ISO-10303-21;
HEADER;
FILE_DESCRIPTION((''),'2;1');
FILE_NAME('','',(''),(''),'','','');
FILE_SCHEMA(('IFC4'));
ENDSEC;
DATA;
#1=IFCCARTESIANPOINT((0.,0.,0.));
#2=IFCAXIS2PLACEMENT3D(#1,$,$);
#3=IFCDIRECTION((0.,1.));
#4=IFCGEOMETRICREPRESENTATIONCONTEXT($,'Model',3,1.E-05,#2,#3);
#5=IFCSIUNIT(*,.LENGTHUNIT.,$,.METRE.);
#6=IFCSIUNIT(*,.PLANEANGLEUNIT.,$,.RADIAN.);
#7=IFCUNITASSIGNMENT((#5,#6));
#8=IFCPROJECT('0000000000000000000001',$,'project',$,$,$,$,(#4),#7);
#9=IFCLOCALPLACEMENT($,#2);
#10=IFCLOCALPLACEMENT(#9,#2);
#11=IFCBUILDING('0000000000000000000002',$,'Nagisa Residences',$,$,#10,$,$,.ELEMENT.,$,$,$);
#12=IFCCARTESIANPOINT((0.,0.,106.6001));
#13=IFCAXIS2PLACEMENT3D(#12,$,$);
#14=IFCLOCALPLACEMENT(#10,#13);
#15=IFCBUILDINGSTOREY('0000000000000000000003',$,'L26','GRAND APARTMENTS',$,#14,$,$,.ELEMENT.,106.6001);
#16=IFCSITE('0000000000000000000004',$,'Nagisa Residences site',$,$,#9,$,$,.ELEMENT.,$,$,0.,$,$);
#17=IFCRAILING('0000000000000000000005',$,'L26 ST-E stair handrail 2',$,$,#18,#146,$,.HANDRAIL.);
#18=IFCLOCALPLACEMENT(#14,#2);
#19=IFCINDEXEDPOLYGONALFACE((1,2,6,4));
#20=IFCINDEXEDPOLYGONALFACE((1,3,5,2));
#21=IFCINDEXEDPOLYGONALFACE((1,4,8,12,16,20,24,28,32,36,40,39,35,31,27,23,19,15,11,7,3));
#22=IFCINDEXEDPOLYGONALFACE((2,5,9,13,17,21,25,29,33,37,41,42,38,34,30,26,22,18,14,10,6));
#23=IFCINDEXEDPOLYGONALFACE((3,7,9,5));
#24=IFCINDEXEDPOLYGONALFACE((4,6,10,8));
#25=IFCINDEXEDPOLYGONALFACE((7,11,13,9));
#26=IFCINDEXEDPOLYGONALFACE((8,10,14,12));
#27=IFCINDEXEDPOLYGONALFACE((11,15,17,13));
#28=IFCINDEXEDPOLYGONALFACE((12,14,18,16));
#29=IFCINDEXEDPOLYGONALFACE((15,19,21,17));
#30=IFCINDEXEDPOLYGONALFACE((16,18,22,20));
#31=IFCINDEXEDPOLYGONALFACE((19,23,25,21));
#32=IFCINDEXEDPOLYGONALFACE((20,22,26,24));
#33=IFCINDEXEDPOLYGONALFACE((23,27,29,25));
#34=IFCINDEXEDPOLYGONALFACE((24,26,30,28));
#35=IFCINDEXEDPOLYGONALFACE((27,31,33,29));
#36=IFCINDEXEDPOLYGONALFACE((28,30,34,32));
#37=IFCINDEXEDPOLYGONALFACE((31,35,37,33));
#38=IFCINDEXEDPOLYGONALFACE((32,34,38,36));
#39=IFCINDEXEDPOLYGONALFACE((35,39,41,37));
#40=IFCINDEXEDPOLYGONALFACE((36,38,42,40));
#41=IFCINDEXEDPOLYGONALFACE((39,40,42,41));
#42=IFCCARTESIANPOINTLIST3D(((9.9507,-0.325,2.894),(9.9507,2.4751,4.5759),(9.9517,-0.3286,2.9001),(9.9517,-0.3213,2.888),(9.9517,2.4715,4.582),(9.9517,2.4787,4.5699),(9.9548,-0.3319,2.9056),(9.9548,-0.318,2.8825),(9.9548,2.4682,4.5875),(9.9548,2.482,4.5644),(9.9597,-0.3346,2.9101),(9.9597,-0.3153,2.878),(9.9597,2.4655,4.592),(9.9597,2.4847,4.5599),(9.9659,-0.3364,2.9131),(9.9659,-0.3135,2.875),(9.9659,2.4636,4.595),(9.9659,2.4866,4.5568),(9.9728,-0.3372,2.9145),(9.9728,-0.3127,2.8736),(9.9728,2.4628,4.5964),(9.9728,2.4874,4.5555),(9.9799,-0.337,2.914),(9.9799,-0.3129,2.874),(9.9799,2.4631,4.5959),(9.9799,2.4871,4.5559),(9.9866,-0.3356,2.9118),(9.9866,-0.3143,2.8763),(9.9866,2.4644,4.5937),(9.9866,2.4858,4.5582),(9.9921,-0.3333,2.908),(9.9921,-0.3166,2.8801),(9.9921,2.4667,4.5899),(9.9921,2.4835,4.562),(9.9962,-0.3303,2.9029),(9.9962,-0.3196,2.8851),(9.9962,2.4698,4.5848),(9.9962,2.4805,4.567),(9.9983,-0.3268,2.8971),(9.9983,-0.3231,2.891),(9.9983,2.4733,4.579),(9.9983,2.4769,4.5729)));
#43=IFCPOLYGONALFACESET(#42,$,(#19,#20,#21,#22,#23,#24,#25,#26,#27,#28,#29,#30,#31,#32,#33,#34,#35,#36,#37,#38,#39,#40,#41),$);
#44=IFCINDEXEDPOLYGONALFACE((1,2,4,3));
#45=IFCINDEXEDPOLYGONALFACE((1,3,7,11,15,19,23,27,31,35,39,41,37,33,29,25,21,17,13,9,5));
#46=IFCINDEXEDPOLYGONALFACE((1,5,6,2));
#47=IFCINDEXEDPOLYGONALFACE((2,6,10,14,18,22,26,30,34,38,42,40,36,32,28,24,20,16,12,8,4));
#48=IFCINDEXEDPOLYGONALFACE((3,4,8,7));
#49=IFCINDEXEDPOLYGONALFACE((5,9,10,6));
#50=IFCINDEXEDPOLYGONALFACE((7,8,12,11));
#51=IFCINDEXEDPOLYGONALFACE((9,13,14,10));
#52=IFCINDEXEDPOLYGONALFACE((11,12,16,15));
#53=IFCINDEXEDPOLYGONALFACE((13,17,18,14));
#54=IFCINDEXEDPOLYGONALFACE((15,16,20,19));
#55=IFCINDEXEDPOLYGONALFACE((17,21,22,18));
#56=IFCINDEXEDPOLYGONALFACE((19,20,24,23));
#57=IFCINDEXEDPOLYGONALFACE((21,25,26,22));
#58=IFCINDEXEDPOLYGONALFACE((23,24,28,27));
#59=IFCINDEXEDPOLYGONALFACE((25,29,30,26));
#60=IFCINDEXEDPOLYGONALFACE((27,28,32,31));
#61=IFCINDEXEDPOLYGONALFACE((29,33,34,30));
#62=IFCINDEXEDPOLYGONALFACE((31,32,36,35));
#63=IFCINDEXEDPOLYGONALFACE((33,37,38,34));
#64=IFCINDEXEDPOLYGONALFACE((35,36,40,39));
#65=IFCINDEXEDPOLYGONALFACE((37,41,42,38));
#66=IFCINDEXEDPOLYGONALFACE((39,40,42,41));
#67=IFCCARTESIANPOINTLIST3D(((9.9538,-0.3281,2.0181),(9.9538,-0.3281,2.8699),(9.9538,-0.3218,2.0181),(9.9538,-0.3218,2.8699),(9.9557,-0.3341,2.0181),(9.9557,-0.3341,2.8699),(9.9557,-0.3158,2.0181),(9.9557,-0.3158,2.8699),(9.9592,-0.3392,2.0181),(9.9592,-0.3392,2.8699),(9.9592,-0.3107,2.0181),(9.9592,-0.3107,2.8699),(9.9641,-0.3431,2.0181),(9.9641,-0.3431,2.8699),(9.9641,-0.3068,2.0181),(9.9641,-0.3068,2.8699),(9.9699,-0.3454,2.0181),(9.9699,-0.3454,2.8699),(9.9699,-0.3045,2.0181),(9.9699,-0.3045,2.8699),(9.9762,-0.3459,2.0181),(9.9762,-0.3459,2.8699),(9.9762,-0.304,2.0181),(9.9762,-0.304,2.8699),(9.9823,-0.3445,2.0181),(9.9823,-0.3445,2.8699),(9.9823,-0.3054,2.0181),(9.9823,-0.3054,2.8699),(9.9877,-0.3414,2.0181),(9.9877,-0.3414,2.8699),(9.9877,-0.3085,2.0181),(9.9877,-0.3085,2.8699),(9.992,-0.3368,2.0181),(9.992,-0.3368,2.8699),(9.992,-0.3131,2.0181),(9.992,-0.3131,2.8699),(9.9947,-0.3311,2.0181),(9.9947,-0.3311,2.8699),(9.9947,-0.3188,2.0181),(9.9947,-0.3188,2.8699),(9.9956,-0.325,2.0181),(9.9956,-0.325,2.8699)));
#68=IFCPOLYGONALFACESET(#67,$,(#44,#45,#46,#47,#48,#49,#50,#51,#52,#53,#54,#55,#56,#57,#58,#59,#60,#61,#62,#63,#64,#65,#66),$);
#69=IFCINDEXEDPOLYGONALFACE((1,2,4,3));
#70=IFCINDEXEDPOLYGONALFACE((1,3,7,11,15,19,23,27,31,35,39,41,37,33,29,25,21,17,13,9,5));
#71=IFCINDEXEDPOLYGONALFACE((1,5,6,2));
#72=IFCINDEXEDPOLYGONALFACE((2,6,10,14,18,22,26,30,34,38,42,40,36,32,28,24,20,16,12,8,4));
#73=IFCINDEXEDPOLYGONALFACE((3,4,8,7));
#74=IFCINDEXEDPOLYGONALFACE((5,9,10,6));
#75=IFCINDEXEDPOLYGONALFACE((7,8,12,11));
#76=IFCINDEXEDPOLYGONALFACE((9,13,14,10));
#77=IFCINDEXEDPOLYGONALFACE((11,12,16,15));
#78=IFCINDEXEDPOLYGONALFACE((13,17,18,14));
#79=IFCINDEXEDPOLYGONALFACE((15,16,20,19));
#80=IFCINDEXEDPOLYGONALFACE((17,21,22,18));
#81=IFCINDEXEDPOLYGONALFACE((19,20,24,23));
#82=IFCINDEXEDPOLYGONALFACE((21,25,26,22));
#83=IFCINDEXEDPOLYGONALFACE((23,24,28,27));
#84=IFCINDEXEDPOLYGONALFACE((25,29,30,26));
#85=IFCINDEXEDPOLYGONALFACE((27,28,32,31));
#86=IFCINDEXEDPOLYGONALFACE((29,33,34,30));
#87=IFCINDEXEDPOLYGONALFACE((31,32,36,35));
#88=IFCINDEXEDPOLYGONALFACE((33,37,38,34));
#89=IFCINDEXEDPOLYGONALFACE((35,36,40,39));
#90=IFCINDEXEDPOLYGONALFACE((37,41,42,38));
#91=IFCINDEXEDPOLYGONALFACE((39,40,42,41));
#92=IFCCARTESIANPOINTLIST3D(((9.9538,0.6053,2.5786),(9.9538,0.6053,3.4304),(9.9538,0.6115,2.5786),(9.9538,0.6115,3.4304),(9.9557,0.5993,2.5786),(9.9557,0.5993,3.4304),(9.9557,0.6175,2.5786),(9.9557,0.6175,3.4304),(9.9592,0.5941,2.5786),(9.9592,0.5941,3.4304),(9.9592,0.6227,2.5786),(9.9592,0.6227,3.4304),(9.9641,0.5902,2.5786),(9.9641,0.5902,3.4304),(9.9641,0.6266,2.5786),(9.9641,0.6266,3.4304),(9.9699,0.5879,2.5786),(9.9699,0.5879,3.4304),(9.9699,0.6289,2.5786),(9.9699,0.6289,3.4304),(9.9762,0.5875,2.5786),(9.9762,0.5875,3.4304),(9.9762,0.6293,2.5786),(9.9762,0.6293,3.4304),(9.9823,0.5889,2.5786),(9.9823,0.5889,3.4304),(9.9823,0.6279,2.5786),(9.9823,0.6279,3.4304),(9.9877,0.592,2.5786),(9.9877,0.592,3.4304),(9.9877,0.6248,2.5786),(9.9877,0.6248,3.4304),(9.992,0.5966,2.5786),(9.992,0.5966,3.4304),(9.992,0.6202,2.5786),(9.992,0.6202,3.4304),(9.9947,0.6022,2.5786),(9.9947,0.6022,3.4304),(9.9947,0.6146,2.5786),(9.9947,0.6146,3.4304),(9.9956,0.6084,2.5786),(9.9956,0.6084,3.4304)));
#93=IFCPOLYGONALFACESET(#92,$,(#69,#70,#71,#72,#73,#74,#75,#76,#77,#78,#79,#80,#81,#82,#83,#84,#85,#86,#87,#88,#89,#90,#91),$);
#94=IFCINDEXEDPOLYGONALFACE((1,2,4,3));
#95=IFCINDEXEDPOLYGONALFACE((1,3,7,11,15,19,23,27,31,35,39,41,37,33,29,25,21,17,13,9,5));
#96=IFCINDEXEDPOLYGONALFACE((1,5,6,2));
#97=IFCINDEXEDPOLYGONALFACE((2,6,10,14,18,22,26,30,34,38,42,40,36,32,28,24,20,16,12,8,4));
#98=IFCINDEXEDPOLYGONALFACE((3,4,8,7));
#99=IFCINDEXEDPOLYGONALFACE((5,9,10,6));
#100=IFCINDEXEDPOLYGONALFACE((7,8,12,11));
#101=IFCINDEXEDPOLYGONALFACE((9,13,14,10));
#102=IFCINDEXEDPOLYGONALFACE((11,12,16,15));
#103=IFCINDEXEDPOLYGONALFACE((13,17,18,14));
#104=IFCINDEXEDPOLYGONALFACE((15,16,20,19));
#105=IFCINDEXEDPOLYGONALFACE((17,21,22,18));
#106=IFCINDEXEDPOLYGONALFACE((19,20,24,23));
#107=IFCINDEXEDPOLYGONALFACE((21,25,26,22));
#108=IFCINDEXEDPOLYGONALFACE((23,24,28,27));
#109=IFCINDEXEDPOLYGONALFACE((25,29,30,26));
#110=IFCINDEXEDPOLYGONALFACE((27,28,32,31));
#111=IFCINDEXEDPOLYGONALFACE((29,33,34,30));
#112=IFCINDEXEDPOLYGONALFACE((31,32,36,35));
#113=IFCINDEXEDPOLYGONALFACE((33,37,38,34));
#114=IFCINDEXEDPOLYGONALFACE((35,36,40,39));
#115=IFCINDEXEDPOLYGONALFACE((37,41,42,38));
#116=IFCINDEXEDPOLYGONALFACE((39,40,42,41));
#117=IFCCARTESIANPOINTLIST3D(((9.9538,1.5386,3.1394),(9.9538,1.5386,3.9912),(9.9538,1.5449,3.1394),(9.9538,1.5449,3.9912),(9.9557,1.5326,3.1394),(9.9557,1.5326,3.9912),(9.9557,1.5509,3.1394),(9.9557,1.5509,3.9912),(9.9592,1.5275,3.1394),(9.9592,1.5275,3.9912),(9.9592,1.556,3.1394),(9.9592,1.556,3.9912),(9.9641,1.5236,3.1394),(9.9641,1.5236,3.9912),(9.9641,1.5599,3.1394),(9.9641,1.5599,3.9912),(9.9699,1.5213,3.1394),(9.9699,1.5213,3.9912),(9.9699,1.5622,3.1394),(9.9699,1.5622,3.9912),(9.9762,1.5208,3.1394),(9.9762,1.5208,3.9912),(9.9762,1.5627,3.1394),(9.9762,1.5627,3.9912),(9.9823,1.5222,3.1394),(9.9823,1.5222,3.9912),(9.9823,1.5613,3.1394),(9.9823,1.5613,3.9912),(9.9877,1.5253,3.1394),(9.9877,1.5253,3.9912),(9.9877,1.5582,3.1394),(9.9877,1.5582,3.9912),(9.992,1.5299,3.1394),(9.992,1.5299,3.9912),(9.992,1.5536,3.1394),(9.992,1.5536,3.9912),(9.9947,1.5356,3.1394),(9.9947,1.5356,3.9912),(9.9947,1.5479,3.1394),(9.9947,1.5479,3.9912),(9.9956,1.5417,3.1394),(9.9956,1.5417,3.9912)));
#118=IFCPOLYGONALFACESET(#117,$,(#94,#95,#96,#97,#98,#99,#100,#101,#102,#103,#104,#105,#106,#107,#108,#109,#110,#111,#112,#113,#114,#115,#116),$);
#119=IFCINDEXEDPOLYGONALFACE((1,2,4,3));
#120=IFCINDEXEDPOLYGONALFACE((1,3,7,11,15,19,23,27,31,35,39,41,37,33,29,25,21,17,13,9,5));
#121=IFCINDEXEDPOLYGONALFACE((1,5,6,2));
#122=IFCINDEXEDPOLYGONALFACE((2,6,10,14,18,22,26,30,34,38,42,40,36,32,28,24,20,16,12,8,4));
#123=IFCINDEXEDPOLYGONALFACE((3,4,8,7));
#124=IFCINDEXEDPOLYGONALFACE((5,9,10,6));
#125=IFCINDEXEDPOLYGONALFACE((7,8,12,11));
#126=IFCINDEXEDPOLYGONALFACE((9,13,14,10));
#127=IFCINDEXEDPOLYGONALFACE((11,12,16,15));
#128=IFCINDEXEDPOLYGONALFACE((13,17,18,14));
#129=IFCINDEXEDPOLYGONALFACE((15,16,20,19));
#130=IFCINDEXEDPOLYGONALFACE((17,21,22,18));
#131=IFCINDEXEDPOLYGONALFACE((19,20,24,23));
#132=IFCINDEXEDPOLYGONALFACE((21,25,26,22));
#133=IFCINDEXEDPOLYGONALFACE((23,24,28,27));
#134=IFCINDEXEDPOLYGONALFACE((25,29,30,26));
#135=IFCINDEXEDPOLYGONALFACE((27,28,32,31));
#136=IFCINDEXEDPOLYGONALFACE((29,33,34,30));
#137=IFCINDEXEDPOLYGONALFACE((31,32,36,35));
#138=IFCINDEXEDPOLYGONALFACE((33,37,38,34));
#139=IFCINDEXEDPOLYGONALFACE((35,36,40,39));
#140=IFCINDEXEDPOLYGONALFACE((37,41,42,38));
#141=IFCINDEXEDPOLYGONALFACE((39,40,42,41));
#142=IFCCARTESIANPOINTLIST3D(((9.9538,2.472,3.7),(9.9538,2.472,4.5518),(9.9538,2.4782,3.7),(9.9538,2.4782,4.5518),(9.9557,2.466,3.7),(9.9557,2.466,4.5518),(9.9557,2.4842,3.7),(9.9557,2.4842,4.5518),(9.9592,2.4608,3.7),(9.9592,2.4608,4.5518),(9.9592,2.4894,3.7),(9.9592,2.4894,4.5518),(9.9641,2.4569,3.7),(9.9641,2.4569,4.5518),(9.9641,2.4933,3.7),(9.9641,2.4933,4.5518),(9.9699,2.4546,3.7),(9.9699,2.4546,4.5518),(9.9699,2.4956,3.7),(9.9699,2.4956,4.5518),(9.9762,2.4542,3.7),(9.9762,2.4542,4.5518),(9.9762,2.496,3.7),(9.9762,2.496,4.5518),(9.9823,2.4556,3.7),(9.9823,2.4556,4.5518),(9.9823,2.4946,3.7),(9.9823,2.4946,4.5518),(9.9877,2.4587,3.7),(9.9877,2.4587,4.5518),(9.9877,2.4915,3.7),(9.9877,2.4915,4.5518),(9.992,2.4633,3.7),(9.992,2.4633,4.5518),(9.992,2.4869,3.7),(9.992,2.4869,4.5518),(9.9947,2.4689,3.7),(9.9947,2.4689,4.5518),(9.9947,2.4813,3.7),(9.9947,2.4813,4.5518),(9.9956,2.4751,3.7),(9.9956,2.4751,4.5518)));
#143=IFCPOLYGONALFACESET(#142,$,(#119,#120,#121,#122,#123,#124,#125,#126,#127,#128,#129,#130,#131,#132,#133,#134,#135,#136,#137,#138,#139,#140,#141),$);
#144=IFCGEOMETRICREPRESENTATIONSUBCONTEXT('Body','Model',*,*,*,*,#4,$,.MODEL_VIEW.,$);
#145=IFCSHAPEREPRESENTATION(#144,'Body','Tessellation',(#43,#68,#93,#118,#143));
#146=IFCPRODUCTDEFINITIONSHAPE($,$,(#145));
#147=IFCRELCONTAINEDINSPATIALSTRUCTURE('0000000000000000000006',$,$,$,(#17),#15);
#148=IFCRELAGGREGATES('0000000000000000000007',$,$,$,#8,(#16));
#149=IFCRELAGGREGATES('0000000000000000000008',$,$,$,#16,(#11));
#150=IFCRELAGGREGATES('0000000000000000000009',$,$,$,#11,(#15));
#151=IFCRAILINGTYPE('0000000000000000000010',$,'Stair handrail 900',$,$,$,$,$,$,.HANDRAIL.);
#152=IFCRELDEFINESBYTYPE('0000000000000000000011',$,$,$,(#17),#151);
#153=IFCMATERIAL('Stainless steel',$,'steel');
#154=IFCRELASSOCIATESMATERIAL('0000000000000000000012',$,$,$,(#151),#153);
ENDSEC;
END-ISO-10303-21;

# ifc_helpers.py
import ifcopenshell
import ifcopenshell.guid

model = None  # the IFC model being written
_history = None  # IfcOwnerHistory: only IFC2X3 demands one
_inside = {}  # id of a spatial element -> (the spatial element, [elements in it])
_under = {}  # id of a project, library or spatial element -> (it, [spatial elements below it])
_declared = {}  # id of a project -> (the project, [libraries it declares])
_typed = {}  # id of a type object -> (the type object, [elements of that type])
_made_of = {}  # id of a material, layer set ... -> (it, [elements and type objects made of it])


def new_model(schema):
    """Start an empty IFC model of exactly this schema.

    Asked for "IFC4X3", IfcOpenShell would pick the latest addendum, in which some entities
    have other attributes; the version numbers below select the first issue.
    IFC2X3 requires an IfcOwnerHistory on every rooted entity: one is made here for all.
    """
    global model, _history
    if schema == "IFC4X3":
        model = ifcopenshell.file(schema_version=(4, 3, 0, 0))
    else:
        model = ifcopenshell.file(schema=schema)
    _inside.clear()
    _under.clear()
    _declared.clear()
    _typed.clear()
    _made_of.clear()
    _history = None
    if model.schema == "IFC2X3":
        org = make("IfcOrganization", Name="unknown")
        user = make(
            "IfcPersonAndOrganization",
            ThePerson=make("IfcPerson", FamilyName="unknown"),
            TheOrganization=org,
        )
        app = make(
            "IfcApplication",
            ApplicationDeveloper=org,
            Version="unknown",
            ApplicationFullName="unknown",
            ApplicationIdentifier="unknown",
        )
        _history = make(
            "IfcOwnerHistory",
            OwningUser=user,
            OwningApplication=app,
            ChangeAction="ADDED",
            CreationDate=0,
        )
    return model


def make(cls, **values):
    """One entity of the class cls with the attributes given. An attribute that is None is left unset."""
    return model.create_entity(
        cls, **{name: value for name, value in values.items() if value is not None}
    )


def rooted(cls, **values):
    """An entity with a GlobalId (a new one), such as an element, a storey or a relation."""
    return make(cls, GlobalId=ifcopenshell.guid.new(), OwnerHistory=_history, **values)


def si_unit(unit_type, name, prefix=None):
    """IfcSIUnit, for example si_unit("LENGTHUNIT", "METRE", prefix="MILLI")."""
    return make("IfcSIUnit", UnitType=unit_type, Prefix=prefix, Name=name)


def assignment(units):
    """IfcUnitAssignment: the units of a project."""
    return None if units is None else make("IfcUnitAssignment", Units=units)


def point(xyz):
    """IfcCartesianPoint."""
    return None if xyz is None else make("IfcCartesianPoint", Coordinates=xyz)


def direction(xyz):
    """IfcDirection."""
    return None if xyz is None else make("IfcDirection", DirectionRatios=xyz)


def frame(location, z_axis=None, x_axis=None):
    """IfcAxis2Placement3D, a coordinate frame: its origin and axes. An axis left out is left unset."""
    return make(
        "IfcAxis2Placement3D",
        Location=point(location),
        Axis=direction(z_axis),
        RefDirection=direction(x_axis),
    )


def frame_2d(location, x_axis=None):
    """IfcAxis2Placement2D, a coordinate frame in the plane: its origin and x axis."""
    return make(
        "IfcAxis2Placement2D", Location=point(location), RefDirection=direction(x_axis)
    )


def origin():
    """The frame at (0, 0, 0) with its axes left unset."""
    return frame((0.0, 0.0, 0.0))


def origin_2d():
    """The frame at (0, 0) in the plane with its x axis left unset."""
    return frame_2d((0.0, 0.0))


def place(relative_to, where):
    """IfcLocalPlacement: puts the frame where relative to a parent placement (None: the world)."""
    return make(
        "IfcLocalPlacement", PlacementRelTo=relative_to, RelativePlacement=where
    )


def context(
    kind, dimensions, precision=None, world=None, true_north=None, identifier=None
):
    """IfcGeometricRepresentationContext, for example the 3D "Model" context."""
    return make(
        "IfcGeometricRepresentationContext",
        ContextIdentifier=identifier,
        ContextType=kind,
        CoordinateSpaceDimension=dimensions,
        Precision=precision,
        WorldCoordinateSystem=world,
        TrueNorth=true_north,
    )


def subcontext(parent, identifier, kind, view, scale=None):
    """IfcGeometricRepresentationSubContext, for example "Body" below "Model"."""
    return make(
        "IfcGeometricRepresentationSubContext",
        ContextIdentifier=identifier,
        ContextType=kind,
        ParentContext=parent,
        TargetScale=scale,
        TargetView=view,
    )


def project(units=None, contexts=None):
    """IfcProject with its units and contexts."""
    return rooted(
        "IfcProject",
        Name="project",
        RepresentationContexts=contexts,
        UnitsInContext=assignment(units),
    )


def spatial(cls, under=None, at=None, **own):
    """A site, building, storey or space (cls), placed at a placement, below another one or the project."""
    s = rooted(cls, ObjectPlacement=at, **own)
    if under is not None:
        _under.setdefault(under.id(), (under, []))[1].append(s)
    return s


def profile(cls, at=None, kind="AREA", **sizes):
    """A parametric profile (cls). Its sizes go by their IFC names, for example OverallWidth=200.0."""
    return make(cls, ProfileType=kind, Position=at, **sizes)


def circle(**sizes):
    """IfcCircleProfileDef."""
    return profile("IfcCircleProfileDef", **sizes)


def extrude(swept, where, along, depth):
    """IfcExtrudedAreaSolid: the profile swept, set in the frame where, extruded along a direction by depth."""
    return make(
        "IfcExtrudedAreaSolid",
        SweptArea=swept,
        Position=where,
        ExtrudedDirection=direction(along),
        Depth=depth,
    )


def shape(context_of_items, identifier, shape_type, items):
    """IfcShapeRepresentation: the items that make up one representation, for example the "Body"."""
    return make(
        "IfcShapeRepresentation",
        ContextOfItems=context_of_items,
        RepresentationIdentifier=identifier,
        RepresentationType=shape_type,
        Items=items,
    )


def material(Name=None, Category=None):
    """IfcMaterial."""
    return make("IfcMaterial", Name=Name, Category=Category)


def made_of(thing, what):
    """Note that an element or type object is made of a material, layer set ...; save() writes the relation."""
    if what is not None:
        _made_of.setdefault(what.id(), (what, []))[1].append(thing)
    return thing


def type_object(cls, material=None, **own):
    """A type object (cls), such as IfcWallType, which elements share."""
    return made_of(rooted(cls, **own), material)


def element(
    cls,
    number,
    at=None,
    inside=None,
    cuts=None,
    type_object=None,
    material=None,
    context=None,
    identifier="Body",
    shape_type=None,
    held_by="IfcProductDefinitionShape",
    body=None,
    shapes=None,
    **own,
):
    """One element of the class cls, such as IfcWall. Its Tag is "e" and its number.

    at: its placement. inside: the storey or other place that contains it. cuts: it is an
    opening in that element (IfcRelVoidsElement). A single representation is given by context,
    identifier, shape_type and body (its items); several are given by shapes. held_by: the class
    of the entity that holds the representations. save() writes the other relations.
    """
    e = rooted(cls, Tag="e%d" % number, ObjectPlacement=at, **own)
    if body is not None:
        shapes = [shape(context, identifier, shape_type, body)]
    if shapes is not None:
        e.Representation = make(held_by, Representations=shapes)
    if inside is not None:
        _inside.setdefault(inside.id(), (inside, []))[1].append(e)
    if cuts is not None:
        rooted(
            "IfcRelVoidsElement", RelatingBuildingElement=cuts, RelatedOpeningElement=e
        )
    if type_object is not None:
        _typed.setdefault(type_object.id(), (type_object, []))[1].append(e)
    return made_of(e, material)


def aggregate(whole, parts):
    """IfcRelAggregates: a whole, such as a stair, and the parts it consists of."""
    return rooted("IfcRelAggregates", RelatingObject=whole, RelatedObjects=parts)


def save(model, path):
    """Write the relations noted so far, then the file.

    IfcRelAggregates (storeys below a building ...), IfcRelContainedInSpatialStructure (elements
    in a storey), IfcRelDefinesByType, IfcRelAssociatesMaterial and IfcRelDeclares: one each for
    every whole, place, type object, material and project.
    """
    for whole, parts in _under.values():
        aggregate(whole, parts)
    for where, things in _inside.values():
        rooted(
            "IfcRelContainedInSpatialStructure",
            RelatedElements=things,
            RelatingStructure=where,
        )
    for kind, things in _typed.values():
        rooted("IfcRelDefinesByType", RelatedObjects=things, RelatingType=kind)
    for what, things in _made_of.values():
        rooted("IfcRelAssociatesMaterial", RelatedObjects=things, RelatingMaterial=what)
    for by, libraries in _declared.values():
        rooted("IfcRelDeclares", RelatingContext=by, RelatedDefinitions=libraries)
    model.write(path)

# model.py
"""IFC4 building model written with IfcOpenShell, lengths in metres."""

from ifc_helpers import new_model, si_unit, direction, frame, origin, origin_2d, place, context, subcontext, project, spatial, circle, extrude, material, type_object, element, save


model = new_model("IFC4")

# Units and contexts
model_context = context("Model", 3, precision=1e-05, world=origin(), true_north=direction((0.0, 1.0)))
body_context = subcontext(model_context, "Body", "Model", "MODEL_VIEW")
ifc_project = project(units=[si_unit("LENGTHUNIT", "METRE"), si_unit("PLANEANGLEUNIT", "RADIAN")], contexts=[model_context])

# Site, building, storey
site_placement = place(None, origin())
site = spatial("IfcSite", under=ifc_project, at=site_placement, Name="Nagisa Residences site", CompositionType="ELEMENT", RefElevation=0.0)
building_placement = place(site_placement, origin())
building = spatial("IfcBuilding", under=site, at=building_placement, Name="Nagisa Residences", CompositionType="ELEMENT")
storey_placement = place(building_placement, frame((0.0, 0.0, 106.6001)))
storey = spatial("IfcBuildingStorey", under=building, at=storey_placement, Name="L26", Description="GRAND APARTMENTS", CompositionType="ELEMENT", Elevation=106.6001)

# Railing
ifc_material_1 = material(Name="Stainless steel", Category="steel")
railing_type_1 = type_object("IfcRailingType", Name="Stair handrail 900", PredefinedType="HANDRAIL", material=ifc_material_1)
railing_1_placement = place(storey_placement, frame((9.9746, -0.325, 2.0181)))
element("IfcRailing", 1, at=railing_1_placement, inside=storey, type_object=railing_type_1, Name="L26 ST-E stair handrail 2", PredefinedType="HANDRAIL", context=body_context, shape_type="SweptSolid", body=[
    extrude(circle(Radius=0.0239, at=origin_2d()), frame((0.0, 0.0, 0.876), z_axis=(0.0, 0.857242, 0.514913), x_axis=(-1.0, 0.0, 0.0)), (0.0, 0.0, 1.0), 3.2664),
    extrude(circle(Radius=0.021, at=origin_2d()), origin(), (0.0, 0.0, 1.0), 0.8518),
    extrude(circle(Radius=0.021, at=origin_2d()), frame((0.0, 0.9333, 0.5605)), (0.0, 0.0, 1.0), 0.8518),
    extrude(circle(Radius=0.021, at=origin_2d()), frame((0.0, 1.8667, 1.1213)), (0.0, 0.0, 1.0), 0.8518),
    extrude(circle(Radius=0.021, at=origin_2d()), frame((0.0, 2.8, 1.6819)), (0.0, 0.0, 1.0), 0.8518),
])

save(model, "model.ifc")
